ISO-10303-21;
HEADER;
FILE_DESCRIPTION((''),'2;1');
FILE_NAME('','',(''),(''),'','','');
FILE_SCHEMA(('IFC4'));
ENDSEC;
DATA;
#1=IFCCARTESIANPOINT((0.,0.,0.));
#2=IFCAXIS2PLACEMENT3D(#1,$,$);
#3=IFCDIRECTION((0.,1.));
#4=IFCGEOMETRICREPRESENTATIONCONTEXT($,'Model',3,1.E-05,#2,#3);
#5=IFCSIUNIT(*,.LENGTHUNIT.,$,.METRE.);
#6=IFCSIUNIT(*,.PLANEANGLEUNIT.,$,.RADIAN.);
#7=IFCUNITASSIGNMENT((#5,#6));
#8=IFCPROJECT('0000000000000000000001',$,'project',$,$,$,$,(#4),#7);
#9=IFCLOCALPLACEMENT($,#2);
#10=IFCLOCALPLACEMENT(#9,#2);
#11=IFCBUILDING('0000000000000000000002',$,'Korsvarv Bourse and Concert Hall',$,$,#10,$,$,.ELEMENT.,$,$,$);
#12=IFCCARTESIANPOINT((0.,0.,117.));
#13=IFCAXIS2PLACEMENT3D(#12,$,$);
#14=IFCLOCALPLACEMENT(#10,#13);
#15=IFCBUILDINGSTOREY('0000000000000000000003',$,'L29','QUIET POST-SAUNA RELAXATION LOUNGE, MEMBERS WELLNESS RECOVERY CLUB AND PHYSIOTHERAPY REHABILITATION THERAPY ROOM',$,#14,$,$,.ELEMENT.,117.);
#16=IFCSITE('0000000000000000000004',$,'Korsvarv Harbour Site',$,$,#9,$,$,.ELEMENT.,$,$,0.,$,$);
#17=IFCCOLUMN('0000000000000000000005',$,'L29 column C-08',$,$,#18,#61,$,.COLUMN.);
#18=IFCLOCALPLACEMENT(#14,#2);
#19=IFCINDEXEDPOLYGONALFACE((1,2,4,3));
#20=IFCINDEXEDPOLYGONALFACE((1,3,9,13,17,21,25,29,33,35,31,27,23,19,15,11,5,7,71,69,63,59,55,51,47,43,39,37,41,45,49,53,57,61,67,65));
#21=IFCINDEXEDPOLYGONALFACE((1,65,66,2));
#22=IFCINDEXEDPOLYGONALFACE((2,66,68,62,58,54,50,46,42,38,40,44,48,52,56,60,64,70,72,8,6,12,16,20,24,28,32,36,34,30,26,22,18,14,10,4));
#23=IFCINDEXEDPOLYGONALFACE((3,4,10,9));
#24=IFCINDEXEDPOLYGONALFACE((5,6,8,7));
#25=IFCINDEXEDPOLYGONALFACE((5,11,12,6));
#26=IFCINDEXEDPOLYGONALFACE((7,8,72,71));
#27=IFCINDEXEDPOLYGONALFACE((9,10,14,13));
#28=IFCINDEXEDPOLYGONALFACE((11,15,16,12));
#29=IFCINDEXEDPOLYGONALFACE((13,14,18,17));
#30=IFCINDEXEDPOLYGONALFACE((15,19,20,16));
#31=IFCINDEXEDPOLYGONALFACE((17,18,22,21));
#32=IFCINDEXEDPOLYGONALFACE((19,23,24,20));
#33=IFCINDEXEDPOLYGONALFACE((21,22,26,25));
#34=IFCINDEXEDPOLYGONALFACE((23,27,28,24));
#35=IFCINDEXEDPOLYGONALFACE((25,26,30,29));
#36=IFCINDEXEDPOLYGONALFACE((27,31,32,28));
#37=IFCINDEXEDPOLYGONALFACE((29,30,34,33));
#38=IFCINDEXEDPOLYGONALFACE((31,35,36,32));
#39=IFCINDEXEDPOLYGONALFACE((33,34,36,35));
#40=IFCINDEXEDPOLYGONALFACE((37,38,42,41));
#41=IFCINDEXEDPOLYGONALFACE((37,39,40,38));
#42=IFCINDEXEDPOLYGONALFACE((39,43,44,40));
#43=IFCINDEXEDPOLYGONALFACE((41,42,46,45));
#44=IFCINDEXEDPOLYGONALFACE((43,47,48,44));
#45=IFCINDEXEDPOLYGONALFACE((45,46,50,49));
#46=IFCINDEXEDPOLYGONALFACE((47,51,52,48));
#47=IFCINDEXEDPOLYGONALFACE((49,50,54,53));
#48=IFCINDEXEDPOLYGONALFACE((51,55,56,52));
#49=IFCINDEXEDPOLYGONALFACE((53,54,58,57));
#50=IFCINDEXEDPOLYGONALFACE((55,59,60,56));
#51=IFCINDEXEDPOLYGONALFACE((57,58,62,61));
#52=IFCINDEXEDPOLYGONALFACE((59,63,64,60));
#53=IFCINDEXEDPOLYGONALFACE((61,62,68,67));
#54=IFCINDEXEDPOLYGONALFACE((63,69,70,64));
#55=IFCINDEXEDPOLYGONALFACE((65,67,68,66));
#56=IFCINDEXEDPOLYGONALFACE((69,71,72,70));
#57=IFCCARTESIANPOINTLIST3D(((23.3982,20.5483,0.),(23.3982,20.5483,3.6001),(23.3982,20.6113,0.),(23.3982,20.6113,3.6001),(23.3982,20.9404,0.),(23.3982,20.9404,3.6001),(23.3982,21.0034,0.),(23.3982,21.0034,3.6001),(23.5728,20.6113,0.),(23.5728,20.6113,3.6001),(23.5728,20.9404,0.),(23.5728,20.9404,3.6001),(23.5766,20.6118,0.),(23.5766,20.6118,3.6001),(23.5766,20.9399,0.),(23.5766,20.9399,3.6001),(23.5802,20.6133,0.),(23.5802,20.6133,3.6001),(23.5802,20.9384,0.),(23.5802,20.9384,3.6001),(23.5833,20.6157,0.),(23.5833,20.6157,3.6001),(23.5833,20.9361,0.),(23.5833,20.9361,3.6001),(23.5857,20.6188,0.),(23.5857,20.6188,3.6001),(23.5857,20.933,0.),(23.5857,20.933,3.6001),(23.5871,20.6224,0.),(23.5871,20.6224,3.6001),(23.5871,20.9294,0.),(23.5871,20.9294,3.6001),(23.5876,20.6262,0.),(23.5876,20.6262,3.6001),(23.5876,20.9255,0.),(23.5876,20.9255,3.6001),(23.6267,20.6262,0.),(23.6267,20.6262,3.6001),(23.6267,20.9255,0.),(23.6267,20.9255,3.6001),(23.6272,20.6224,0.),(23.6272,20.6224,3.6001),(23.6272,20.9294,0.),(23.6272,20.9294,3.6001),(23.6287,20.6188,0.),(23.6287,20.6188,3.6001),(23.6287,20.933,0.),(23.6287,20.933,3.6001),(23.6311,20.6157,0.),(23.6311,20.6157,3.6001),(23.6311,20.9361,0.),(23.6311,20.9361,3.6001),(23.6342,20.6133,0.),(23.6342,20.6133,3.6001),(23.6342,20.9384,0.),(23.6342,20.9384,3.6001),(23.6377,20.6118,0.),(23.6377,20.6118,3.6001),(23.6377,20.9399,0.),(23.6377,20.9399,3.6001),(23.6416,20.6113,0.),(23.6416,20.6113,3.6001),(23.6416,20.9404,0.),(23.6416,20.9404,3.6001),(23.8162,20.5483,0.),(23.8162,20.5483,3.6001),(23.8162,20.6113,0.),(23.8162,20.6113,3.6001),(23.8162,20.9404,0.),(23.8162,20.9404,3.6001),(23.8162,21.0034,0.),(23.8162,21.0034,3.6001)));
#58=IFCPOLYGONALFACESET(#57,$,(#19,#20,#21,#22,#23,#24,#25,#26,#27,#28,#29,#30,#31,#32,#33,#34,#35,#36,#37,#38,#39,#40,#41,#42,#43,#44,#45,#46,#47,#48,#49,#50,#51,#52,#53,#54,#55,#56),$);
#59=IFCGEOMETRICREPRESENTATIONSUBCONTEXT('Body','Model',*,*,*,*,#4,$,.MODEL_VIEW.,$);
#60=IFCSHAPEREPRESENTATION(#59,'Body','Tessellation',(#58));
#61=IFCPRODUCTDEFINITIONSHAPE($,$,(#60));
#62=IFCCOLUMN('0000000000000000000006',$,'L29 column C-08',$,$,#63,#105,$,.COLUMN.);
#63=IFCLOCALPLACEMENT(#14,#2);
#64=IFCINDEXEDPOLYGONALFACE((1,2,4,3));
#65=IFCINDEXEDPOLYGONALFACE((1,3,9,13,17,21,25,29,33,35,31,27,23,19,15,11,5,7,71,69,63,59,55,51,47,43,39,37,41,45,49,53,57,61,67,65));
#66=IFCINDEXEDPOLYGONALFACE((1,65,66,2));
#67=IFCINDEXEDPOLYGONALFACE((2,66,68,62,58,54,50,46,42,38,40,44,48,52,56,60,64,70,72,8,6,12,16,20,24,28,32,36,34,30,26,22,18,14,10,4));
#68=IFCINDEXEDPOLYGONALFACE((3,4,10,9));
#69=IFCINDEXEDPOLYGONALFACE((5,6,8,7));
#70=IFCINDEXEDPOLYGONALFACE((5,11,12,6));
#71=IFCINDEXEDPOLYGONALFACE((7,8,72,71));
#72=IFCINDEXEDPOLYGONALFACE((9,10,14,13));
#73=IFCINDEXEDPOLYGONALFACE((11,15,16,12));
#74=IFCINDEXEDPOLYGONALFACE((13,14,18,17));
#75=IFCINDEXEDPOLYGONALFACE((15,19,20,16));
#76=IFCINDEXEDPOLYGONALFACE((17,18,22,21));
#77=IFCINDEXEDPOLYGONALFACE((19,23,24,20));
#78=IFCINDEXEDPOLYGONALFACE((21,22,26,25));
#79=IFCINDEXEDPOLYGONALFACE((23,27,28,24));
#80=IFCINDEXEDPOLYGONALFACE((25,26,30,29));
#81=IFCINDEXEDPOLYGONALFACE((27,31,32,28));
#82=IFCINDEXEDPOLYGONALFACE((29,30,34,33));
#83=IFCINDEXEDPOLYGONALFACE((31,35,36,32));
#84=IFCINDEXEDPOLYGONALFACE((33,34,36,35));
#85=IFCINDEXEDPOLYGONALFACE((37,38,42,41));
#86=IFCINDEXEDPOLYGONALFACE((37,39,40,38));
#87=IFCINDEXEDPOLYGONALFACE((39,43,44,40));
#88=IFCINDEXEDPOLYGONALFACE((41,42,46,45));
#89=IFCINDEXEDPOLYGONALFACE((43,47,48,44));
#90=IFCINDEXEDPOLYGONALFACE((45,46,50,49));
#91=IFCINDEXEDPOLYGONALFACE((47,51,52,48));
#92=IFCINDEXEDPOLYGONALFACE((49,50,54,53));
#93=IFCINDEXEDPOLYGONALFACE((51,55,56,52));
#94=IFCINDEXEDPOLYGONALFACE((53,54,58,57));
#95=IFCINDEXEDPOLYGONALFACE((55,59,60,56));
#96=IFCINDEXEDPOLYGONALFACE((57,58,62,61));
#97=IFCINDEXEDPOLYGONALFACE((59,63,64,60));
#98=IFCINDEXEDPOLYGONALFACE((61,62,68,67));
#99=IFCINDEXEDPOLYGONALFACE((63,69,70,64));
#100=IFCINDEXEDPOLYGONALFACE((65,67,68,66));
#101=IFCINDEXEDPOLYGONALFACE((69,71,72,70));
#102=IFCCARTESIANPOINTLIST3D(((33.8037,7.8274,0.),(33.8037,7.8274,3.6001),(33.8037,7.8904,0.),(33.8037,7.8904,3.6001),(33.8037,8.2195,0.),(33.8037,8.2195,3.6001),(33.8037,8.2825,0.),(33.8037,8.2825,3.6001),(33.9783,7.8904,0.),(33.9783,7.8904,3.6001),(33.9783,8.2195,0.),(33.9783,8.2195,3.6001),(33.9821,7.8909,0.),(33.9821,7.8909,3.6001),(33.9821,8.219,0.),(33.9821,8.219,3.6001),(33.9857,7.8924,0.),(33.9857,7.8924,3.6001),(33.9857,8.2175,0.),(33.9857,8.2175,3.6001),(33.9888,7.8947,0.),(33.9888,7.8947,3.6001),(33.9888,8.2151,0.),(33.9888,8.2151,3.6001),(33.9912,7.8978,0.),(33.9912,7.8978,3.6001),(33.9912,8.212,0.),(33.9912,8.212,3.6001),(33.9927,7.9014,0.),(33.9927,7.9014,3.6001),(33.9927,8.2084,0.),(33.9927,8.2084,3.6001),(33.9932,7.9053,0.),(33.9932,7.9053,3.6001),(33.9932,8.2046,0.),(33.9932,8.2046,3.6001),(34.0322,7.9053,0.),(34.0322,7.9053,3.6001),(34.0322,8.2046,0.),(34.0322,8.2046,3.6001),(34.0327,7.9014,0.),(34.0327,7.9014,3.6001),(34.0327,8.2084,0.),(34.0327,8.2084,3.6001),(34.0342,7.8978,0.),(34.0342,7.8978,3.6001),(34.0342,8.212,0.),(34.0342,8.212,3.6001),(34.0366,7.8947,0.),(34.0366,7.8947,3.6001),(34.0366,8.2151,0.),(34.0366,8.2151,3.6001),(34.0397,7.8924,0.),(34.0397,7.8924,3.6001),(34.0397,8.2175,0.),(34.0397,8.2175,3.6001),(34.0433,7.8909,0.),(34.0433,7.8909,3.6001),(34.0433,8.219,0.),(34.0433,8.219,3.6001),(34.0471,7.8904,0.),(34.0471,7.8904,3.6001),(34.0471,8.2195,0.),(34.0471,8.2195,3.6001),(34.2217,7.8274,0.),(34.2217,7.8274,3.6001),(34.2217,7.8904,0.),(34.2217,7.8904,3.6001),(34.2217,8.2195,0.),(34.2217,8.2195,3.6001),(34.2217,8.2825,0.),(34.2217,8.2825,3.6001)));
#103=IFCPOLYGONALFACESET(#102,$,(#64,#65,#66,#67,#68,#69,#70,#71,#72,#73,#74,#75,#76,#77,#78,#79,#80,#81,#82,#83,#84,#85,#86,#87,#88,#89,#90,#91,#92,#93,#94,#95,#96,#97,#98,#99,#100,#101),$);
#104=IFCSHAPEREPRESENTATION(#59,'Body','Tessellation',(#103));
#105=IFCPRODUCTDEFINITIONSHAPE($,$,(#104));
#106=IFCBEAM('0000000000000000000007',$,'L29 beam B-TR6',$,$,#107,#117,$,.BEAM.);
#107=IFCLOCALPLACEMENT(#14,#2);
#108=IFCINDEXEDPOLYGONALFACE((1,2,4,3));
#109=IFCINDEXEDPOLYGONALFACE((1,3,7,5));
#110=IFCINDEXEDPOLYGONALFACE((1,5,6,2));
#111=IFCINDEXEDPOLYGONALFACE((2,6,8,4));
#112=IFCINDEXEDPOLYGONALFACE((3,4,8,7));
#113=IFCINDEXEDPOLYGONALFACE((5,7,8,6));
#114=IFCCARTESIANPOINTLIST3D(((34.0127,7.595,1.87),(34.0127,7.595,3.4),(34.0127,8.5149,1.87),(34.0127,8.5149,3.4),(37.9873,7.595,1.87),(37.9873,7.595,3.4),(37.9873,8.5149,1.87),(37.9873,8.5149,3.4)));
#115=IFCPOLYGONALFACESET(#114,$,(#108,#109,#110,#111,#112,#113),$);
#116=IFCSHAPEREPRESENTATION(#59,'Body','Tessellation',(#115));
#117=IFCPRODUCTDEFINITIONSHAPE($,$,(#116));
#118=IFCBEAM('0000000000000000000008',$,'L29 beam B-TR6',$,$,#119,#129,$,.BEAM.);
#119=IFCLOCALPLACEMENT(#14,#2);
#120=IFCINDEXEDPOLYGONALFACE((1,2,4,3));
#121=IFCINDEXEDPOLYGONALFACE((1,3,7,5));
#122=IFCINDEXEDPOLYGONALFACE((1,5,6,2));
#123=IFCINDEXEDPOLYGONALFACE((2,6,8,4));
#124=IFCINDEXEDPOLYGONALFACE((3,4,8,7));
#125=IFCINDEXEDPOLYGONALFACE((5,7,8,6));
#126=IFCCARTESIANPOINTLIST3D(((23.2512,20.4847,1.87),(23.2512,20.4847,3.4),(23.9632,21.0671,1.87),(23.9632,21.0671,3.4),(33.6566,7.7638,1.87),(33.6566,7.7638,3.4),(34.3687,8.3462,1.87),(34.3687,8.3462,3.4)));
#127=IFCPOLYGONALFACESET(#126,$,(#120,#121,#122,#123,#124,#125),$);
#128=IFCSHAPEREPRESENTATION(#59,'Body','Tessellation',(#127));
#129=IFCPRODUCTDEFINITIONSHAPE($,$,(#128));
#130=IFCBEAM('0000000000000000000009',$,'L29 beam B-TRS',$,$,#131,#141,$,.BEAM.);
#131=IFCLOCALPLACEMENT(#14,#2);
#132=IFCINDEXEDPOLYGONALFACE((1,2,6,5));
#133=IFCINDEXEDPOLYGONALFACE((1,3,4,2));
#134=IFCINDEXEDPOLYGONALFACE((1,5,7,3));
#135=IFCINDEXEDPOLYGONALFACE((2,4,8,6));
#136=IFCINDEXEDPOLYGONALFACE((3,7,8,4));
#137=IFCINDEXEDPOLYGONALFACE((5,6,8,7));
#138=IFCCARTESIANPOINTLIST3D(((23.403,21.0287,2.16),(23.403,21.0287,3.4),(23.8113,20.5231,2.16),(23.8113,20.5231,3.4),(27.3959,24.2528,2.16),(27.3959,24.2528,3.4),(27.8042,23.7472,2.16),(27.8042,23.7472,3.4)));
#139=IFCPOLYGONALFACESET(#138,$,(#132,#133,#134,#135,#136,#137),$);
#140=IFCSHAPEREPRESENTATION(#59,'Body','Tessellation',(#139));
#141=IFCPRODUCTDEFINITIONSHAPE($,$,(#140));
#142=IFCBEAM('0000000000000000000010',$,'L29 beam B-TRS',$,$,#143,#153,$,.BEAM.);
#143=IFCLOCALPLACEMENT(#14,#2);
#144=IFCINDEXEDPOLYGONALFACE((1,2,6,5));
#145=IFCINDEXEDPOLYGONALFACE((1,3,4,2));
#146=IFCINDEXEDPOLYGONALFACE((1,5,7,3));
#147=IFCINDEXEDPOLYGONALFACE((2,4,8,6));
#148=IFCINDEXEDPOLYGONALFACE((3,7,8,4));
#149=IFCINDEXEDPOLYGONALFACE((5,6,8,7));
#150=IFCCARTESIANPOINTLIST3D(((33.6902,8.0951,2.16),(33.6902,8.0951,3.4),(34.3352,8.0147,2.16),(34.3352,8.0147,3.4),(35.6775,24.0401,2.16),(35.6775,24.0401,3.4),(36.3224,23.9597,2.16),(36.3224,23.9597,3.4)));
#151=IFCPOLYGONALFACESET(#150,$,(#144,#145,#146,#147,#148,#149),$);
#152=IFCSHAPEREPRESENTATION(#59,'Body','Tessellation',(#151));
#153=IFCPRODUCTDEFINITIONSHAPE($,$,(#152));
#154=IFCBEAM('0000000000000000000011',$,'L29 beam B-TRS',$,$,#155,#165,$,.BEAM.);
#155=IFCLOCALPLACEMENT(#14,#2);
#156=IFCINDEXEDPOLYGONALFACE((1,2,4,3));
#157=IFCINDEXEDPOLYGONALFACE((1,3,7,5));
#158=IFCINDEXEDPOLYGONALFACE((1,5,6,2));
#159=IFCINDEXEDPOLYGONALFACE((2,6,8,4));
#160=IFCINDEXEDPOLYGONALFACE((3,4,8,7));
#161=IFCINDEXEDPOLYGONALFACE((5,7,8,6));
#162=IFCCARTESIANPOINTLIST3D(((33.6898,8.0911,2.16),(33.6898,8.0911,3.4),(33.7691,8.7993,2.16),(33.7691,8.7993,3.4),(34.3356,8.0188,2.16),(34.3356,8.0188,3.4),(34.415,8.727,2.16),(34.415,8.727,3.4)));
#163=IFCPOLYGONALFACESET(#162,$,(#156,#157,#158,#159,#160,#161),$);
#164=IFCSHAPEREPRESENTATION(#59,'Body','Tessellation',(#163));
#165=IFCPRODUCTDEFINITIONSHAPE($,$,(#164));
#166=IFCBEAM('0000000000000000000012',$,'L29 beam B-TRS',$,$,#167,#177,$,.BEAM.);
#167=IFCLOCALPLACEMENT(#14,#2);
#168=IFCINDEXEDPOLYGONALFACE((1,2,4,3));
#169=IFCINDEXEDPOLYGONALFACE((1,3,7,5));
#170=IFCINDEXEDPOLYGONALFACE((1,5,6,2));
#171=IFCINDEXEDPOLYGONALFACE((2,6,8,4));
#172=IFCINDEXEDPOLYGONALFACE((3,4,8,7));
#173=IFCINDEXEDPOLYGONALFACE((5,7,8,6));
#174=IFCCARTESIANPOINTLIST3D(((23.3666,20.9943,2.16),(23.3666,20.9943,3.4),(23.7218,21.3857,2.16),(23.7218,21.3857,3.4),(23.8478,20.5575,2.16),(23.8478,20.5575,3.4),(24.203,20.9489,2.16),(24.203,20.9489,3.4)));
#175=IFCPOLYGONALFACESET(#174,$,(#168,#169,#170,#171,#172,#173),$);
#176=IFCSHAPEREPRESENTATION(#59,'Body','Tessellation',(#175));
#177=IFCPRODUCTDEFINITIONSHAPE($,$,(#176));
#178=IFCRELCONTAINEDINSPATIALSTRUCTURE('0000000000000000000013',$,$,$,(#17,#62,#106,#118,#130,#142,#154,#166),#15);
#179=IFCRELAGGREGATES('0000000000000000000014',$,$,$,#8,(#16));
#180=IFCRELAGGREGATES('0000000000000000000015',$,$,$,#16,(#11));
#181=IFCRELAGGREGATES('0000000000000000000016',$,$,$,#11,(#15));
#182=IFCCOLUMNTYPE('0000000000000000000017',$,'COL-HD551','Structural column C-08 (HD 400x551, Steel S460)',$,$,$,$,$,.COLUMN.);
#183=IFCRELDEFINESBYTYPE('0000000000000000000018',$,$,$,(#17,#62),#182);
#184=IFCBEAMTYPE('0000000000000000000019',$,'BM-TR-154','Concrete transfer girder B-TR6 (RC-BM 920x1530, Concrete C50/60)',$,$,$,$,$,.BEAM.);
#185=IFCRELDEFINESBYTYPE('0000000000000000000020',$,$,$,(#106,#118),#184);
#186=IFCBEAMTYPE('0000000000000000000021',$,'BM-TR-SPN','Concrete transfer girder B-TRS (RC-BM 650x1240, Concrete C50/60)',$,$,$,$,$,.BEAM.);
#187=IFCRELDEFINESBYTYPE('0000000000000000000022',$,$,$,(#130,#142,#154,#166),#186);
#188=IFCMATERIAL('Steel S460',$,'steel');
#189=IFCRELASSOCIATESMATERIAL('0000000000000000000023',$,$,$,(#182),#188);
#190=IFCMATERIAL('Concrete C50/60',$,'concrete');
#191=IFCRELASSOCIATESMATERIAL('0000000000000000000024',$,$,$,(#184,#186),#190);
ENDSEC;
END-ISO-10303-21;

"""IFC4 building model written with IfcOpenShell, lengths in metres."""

from ifc_helpers import new_model, si_unit, direction, frame, origin, origin_2d, place, context, subcontext, project, spatial, rectangle, i_section, extrude, source, transform, mapped, material, material_profile, profile_set, type_object, element, save


model = new_model("IFC4")

# Units and contexts
model_context = context("Model", 3, precision=1e-05, world=origin(), true_north=direction((0.0, 1.0)))
body_context = subcontext(model_context, "Body", "Model", "MODEL_VIEW")
ifc_project = project(units=[si_unit("LENGTHUNIT", "METRE"), si_unit("PLANEANGLEUNIT", "RADIAN")], contexts=[model_context])

# Site, building, storey
site_placement = place(None, origin())
site = spatial("IfcSite", under=ifc_project, at=site_placement, Name="Korsvarv Harbour Site", CompositionType="ELEMENT", RefElevation=0.0)
building_placement = place(site_placement, origin())
building = spatial("IfcBuilding", under=site, at=building_placement, Name="Korsvarv Bourse and Concert Hall", CompositionType="ELEMENT")
storey_placement = place(building_placement, frame((0.0, 0.0, 117.0)))
storey = spatial("IfcBuildingStorey", under=building, at=storey_placement, Name="L29", Description="QUIET POST-SAUNA RELAXATION LOUNGE, MEMBERS WELLNESS RECOVERY CLUB AND PHYSIOTHERAPY REHABILITATION THERAPY ROOM", CompositionType="ELEMENT", Elevation=117.0)

# Columns
ifc_material_1 = material(Name="Steel S460", Category="steel")
ifc_material_profile_1 = material_profile(ifc_material_1, i_section(OverallWidth=0.418, OverallDepth=0.4551, WebThickness=0.0391, FlangeThickness=0.063, FilletRadius=0.0149, at=origin_2d()), Name="HD 400x551")
ifc_profile_set_1 = profile_set([ifc_material_profile_1], Name="Steel S460")
column_type = type_object("IfcColumnType", Name="COL-HD551", Description="Structural column C-08 (HD 400x551, Steel S460)", PredefinedType="COLUMN", material=ifc_profile_set_1)
shared_shape_1 = source(origin(), body_context, "Body", "SweptSolid", [
    extrude(i_section(OverallWidth=0.418, OverallDepth=0.4551, WebThickness=0.0391, FlangeThickness=0.063, FilletRadius=0.0149, at=origin_2d()), origin(), (0.0, 0.0, 1.0), 3.6001),
])
for number, where, z_axis, x_axis, name in (
    (1, (23.6072, 20.7759, 0.0), (0.0, 0.0, 1.0), (1.0, 0.0, 0.0), "L29 column C-08"),
    (2, (34.0127, 8.0549, 0.0), (0.0, 0.0, 1.0), (1.0, 0.0, 0.0), "L29 column C-08"),
):
    element("IfcColumn", number, at=place(storey_placement, frame(where, z_axis=z_axis, x_axis=x_axis)), inside=storey, type_object=column_type, Name=name, PredefinedType="COLUMN", context=body_context, shape_type="MappedRepresentation", body=[
        mapped(shared_shape_1, transform((0.0, 0.0, 0.0), scale=1.0)),
    ])

# Beams
ifc_material_2 = material(Name="Concrete C50/60", Category="concrete")
ifc_material_profile_2 = material_profile(ifc_material_2, rectangle(XDim=0.9199, YDim=1.53, at=origin_2d()), Name="RC-BM 920x1530")
ifc_profile_set_2 = profile_set([ifc_material_profile_2], Name="Concrete C50/60")
beam_type_1 = type_object("IfcBeamType", Name="BM-TR-154", Description="Concrete transfer girder B-TR6 (RC-BM 920x1530, Concrete C50/60)", PredefinedType="BEAM", material=ifc_profile_set_2)
shared_shape_2 = source(origin(), body_context, "Body", "SweptSolid", [
    extrude(rectangle(XDim=0.9199, YDim=1.53, at=origin_2d()), origin(), (0.0, 0.0, 1.0), 3.9746),
])
beam_1_placement = place(storey_placement, frame((34.0127, 8.0549, 2.635), z_axis=(1.0, 0.0, 0.0), x_axis=(0.0, 1.0, 0.0)))
element("IfcBeam", 3, at=beam_1_placement, inside=storey, type_object=beam_type_1, Name="L29 beam B-TR6", PredefinedType="BEAM", context=body_context, shape_type="MappedRepresentation", body=[
    mapped(shared_shape_2, transform((0.0, 0.0, 0.0), scale=1.0)),
])
shared_shape_3 = source(origin(), body_context, "Body", "SweptSolid", [
    extrude(rectangle(XDim=0.9199, YDim=1.53, at=origin_2d()), origin(), (0.0, 0.0, 1.0), 16.4346),
])
beam_2_placement = place(storey_placement, frame((23.6072, 20.7759, 2.635), z_axis=(0.633146, -0.774033, 0.0), x_axis=(0.774033, 0.633146, 0.0)))
element("IfcBeam", 4, at=beam_2_placement, inside=storey, type_object=beam_type_1, Name="L29 beam B-TR6", PredefinedType="BEAM", context=body_context, shape_type="MappedRepresentation", body=[
    mapped(shared_shape_3, transform((0.0, 0.0, 0.0), scale=1.0)),
])
ifc_material_profile_3 = material_profile(ifc_material_2, rectangle(XDim=0.6499, YDim=1.24, at=origin_2d()), Name="RC-BM 650x1240")
ifc_profile_set_3 = profile_set([ifc_material_profile_3], Name="Concrete C50/60")
beam_type_2 = type_object("IfcBeamType", Name="BM-TR-SPN", Description="Concrete transfer girder B-TRS (RC-BM 650x1240, Concrete C50/60)", PredefinedType="BEAM", material=ifc_profile_set_3)
shared_shape_4 = source(origin(), body_context, "Body", "SweptSolid", [
    extrude(rectangle(XDim=0.6499, YDim=1.24, at=origin_2d()), origin(), (0.0, 0.0, 1.0), 5.1321),
])
beam_3_placement = place(storey_placement, frame((23.6072, 20.7759, 2.78), z_axis=(0.77803, 0.628227, 0.0), x_axis=(-0.628227, 0.77803, 0.0)))
element("IfcBeam", 5, at=beam_3_placement, inside=storey, type_object=beam_type_2, Name="L29 beam B-TRS", PredefinedType="BEAM", context=body_context, shape_type="MappedRepresentation", body=[
    mapped(shared_shape_4, transform((0.0, 0.0, 0.0), scale=1.0)),
])
shared_shape_5 = source(origin(), body_context, "Body", "SweptSolid", [
    extrude(rectangle(XDim=0.6499, YDim=1.24, at=origin_2d()), origin(), (0.0, 0.0, 1.0), 16.0684),
])
beam_4_placement = place(storey_placement, frame((34.0127, 8.0549, 2.78), z_axis=(0.123678, 0.992322, 0.0), x_axis=(-0.992322, 0.123678, 0.0)))
element("IfcBeam", 6, at=beam_4_placement, inside=storey, type_object=beam_type_2, Name="L29 beam B-TRS", PredefinedType="BEAM", context=body_context, shape_type="MappedRepresentation", body=[
    mapped(shared_shape_5, transform((0.0, 0.0, 0.0), scale=1.0)),
])
shared_shape_6 = source(origin(), body_context, "Body", "SweptSolid", [
    extrude(rectangle(XDim=0.6499, YDim=1.24, at=origin_2d()), origin(), (0.0, 0.0, 1.0), 0.7126),
])
beam_5_placement = place(storey_placement, frame((34.0127, 8.0549, 2.78), z_axis=(0.111334, 0.993783, 0.0), x_axis=(-0.993783, 0.111334, 0.0)))
element("IfcBeam", 7, at=beam_5_placement, inside=storey, type_object=beam_type_2, Name="L29 beam B-TRS", PredefinedType="BEAM", context=body_context, shape_type="MappedRepresentation", body=[
    mapped(shared_shape_6, transform((0.0, 0.0, 0.0), scale=1.0)),
])
shared_shape_7 = source(origin(), body_context, "Body", "SweptSolid", [
    extrude(rectangle(XDim=0.6499, YDim=1.24, at=origin_2d()), origin(), (0.0, 0.0, 1.0), 0.5286),
])
beam_6_placement = place(storey_placement, frame((23.6072, 20.7759, 2.78), z_axis=(0.672098, 0.740462, 0.0), x_axis=(-0.740462, 0.672098, 0.0)))
element("IfcBeam", 8, at=beam_6_placement, inside=storey, type_object=beam_type_2, Name="L29 beam B-TRS", PredefinedType="BEAM", context=body_context, shape_type="MappedRepresentation", body=[
    mapped(shared_shape_7, transform((0.0, 0.0, 0.0), scale=1.0)),
])

save(model, "model.ifc")
